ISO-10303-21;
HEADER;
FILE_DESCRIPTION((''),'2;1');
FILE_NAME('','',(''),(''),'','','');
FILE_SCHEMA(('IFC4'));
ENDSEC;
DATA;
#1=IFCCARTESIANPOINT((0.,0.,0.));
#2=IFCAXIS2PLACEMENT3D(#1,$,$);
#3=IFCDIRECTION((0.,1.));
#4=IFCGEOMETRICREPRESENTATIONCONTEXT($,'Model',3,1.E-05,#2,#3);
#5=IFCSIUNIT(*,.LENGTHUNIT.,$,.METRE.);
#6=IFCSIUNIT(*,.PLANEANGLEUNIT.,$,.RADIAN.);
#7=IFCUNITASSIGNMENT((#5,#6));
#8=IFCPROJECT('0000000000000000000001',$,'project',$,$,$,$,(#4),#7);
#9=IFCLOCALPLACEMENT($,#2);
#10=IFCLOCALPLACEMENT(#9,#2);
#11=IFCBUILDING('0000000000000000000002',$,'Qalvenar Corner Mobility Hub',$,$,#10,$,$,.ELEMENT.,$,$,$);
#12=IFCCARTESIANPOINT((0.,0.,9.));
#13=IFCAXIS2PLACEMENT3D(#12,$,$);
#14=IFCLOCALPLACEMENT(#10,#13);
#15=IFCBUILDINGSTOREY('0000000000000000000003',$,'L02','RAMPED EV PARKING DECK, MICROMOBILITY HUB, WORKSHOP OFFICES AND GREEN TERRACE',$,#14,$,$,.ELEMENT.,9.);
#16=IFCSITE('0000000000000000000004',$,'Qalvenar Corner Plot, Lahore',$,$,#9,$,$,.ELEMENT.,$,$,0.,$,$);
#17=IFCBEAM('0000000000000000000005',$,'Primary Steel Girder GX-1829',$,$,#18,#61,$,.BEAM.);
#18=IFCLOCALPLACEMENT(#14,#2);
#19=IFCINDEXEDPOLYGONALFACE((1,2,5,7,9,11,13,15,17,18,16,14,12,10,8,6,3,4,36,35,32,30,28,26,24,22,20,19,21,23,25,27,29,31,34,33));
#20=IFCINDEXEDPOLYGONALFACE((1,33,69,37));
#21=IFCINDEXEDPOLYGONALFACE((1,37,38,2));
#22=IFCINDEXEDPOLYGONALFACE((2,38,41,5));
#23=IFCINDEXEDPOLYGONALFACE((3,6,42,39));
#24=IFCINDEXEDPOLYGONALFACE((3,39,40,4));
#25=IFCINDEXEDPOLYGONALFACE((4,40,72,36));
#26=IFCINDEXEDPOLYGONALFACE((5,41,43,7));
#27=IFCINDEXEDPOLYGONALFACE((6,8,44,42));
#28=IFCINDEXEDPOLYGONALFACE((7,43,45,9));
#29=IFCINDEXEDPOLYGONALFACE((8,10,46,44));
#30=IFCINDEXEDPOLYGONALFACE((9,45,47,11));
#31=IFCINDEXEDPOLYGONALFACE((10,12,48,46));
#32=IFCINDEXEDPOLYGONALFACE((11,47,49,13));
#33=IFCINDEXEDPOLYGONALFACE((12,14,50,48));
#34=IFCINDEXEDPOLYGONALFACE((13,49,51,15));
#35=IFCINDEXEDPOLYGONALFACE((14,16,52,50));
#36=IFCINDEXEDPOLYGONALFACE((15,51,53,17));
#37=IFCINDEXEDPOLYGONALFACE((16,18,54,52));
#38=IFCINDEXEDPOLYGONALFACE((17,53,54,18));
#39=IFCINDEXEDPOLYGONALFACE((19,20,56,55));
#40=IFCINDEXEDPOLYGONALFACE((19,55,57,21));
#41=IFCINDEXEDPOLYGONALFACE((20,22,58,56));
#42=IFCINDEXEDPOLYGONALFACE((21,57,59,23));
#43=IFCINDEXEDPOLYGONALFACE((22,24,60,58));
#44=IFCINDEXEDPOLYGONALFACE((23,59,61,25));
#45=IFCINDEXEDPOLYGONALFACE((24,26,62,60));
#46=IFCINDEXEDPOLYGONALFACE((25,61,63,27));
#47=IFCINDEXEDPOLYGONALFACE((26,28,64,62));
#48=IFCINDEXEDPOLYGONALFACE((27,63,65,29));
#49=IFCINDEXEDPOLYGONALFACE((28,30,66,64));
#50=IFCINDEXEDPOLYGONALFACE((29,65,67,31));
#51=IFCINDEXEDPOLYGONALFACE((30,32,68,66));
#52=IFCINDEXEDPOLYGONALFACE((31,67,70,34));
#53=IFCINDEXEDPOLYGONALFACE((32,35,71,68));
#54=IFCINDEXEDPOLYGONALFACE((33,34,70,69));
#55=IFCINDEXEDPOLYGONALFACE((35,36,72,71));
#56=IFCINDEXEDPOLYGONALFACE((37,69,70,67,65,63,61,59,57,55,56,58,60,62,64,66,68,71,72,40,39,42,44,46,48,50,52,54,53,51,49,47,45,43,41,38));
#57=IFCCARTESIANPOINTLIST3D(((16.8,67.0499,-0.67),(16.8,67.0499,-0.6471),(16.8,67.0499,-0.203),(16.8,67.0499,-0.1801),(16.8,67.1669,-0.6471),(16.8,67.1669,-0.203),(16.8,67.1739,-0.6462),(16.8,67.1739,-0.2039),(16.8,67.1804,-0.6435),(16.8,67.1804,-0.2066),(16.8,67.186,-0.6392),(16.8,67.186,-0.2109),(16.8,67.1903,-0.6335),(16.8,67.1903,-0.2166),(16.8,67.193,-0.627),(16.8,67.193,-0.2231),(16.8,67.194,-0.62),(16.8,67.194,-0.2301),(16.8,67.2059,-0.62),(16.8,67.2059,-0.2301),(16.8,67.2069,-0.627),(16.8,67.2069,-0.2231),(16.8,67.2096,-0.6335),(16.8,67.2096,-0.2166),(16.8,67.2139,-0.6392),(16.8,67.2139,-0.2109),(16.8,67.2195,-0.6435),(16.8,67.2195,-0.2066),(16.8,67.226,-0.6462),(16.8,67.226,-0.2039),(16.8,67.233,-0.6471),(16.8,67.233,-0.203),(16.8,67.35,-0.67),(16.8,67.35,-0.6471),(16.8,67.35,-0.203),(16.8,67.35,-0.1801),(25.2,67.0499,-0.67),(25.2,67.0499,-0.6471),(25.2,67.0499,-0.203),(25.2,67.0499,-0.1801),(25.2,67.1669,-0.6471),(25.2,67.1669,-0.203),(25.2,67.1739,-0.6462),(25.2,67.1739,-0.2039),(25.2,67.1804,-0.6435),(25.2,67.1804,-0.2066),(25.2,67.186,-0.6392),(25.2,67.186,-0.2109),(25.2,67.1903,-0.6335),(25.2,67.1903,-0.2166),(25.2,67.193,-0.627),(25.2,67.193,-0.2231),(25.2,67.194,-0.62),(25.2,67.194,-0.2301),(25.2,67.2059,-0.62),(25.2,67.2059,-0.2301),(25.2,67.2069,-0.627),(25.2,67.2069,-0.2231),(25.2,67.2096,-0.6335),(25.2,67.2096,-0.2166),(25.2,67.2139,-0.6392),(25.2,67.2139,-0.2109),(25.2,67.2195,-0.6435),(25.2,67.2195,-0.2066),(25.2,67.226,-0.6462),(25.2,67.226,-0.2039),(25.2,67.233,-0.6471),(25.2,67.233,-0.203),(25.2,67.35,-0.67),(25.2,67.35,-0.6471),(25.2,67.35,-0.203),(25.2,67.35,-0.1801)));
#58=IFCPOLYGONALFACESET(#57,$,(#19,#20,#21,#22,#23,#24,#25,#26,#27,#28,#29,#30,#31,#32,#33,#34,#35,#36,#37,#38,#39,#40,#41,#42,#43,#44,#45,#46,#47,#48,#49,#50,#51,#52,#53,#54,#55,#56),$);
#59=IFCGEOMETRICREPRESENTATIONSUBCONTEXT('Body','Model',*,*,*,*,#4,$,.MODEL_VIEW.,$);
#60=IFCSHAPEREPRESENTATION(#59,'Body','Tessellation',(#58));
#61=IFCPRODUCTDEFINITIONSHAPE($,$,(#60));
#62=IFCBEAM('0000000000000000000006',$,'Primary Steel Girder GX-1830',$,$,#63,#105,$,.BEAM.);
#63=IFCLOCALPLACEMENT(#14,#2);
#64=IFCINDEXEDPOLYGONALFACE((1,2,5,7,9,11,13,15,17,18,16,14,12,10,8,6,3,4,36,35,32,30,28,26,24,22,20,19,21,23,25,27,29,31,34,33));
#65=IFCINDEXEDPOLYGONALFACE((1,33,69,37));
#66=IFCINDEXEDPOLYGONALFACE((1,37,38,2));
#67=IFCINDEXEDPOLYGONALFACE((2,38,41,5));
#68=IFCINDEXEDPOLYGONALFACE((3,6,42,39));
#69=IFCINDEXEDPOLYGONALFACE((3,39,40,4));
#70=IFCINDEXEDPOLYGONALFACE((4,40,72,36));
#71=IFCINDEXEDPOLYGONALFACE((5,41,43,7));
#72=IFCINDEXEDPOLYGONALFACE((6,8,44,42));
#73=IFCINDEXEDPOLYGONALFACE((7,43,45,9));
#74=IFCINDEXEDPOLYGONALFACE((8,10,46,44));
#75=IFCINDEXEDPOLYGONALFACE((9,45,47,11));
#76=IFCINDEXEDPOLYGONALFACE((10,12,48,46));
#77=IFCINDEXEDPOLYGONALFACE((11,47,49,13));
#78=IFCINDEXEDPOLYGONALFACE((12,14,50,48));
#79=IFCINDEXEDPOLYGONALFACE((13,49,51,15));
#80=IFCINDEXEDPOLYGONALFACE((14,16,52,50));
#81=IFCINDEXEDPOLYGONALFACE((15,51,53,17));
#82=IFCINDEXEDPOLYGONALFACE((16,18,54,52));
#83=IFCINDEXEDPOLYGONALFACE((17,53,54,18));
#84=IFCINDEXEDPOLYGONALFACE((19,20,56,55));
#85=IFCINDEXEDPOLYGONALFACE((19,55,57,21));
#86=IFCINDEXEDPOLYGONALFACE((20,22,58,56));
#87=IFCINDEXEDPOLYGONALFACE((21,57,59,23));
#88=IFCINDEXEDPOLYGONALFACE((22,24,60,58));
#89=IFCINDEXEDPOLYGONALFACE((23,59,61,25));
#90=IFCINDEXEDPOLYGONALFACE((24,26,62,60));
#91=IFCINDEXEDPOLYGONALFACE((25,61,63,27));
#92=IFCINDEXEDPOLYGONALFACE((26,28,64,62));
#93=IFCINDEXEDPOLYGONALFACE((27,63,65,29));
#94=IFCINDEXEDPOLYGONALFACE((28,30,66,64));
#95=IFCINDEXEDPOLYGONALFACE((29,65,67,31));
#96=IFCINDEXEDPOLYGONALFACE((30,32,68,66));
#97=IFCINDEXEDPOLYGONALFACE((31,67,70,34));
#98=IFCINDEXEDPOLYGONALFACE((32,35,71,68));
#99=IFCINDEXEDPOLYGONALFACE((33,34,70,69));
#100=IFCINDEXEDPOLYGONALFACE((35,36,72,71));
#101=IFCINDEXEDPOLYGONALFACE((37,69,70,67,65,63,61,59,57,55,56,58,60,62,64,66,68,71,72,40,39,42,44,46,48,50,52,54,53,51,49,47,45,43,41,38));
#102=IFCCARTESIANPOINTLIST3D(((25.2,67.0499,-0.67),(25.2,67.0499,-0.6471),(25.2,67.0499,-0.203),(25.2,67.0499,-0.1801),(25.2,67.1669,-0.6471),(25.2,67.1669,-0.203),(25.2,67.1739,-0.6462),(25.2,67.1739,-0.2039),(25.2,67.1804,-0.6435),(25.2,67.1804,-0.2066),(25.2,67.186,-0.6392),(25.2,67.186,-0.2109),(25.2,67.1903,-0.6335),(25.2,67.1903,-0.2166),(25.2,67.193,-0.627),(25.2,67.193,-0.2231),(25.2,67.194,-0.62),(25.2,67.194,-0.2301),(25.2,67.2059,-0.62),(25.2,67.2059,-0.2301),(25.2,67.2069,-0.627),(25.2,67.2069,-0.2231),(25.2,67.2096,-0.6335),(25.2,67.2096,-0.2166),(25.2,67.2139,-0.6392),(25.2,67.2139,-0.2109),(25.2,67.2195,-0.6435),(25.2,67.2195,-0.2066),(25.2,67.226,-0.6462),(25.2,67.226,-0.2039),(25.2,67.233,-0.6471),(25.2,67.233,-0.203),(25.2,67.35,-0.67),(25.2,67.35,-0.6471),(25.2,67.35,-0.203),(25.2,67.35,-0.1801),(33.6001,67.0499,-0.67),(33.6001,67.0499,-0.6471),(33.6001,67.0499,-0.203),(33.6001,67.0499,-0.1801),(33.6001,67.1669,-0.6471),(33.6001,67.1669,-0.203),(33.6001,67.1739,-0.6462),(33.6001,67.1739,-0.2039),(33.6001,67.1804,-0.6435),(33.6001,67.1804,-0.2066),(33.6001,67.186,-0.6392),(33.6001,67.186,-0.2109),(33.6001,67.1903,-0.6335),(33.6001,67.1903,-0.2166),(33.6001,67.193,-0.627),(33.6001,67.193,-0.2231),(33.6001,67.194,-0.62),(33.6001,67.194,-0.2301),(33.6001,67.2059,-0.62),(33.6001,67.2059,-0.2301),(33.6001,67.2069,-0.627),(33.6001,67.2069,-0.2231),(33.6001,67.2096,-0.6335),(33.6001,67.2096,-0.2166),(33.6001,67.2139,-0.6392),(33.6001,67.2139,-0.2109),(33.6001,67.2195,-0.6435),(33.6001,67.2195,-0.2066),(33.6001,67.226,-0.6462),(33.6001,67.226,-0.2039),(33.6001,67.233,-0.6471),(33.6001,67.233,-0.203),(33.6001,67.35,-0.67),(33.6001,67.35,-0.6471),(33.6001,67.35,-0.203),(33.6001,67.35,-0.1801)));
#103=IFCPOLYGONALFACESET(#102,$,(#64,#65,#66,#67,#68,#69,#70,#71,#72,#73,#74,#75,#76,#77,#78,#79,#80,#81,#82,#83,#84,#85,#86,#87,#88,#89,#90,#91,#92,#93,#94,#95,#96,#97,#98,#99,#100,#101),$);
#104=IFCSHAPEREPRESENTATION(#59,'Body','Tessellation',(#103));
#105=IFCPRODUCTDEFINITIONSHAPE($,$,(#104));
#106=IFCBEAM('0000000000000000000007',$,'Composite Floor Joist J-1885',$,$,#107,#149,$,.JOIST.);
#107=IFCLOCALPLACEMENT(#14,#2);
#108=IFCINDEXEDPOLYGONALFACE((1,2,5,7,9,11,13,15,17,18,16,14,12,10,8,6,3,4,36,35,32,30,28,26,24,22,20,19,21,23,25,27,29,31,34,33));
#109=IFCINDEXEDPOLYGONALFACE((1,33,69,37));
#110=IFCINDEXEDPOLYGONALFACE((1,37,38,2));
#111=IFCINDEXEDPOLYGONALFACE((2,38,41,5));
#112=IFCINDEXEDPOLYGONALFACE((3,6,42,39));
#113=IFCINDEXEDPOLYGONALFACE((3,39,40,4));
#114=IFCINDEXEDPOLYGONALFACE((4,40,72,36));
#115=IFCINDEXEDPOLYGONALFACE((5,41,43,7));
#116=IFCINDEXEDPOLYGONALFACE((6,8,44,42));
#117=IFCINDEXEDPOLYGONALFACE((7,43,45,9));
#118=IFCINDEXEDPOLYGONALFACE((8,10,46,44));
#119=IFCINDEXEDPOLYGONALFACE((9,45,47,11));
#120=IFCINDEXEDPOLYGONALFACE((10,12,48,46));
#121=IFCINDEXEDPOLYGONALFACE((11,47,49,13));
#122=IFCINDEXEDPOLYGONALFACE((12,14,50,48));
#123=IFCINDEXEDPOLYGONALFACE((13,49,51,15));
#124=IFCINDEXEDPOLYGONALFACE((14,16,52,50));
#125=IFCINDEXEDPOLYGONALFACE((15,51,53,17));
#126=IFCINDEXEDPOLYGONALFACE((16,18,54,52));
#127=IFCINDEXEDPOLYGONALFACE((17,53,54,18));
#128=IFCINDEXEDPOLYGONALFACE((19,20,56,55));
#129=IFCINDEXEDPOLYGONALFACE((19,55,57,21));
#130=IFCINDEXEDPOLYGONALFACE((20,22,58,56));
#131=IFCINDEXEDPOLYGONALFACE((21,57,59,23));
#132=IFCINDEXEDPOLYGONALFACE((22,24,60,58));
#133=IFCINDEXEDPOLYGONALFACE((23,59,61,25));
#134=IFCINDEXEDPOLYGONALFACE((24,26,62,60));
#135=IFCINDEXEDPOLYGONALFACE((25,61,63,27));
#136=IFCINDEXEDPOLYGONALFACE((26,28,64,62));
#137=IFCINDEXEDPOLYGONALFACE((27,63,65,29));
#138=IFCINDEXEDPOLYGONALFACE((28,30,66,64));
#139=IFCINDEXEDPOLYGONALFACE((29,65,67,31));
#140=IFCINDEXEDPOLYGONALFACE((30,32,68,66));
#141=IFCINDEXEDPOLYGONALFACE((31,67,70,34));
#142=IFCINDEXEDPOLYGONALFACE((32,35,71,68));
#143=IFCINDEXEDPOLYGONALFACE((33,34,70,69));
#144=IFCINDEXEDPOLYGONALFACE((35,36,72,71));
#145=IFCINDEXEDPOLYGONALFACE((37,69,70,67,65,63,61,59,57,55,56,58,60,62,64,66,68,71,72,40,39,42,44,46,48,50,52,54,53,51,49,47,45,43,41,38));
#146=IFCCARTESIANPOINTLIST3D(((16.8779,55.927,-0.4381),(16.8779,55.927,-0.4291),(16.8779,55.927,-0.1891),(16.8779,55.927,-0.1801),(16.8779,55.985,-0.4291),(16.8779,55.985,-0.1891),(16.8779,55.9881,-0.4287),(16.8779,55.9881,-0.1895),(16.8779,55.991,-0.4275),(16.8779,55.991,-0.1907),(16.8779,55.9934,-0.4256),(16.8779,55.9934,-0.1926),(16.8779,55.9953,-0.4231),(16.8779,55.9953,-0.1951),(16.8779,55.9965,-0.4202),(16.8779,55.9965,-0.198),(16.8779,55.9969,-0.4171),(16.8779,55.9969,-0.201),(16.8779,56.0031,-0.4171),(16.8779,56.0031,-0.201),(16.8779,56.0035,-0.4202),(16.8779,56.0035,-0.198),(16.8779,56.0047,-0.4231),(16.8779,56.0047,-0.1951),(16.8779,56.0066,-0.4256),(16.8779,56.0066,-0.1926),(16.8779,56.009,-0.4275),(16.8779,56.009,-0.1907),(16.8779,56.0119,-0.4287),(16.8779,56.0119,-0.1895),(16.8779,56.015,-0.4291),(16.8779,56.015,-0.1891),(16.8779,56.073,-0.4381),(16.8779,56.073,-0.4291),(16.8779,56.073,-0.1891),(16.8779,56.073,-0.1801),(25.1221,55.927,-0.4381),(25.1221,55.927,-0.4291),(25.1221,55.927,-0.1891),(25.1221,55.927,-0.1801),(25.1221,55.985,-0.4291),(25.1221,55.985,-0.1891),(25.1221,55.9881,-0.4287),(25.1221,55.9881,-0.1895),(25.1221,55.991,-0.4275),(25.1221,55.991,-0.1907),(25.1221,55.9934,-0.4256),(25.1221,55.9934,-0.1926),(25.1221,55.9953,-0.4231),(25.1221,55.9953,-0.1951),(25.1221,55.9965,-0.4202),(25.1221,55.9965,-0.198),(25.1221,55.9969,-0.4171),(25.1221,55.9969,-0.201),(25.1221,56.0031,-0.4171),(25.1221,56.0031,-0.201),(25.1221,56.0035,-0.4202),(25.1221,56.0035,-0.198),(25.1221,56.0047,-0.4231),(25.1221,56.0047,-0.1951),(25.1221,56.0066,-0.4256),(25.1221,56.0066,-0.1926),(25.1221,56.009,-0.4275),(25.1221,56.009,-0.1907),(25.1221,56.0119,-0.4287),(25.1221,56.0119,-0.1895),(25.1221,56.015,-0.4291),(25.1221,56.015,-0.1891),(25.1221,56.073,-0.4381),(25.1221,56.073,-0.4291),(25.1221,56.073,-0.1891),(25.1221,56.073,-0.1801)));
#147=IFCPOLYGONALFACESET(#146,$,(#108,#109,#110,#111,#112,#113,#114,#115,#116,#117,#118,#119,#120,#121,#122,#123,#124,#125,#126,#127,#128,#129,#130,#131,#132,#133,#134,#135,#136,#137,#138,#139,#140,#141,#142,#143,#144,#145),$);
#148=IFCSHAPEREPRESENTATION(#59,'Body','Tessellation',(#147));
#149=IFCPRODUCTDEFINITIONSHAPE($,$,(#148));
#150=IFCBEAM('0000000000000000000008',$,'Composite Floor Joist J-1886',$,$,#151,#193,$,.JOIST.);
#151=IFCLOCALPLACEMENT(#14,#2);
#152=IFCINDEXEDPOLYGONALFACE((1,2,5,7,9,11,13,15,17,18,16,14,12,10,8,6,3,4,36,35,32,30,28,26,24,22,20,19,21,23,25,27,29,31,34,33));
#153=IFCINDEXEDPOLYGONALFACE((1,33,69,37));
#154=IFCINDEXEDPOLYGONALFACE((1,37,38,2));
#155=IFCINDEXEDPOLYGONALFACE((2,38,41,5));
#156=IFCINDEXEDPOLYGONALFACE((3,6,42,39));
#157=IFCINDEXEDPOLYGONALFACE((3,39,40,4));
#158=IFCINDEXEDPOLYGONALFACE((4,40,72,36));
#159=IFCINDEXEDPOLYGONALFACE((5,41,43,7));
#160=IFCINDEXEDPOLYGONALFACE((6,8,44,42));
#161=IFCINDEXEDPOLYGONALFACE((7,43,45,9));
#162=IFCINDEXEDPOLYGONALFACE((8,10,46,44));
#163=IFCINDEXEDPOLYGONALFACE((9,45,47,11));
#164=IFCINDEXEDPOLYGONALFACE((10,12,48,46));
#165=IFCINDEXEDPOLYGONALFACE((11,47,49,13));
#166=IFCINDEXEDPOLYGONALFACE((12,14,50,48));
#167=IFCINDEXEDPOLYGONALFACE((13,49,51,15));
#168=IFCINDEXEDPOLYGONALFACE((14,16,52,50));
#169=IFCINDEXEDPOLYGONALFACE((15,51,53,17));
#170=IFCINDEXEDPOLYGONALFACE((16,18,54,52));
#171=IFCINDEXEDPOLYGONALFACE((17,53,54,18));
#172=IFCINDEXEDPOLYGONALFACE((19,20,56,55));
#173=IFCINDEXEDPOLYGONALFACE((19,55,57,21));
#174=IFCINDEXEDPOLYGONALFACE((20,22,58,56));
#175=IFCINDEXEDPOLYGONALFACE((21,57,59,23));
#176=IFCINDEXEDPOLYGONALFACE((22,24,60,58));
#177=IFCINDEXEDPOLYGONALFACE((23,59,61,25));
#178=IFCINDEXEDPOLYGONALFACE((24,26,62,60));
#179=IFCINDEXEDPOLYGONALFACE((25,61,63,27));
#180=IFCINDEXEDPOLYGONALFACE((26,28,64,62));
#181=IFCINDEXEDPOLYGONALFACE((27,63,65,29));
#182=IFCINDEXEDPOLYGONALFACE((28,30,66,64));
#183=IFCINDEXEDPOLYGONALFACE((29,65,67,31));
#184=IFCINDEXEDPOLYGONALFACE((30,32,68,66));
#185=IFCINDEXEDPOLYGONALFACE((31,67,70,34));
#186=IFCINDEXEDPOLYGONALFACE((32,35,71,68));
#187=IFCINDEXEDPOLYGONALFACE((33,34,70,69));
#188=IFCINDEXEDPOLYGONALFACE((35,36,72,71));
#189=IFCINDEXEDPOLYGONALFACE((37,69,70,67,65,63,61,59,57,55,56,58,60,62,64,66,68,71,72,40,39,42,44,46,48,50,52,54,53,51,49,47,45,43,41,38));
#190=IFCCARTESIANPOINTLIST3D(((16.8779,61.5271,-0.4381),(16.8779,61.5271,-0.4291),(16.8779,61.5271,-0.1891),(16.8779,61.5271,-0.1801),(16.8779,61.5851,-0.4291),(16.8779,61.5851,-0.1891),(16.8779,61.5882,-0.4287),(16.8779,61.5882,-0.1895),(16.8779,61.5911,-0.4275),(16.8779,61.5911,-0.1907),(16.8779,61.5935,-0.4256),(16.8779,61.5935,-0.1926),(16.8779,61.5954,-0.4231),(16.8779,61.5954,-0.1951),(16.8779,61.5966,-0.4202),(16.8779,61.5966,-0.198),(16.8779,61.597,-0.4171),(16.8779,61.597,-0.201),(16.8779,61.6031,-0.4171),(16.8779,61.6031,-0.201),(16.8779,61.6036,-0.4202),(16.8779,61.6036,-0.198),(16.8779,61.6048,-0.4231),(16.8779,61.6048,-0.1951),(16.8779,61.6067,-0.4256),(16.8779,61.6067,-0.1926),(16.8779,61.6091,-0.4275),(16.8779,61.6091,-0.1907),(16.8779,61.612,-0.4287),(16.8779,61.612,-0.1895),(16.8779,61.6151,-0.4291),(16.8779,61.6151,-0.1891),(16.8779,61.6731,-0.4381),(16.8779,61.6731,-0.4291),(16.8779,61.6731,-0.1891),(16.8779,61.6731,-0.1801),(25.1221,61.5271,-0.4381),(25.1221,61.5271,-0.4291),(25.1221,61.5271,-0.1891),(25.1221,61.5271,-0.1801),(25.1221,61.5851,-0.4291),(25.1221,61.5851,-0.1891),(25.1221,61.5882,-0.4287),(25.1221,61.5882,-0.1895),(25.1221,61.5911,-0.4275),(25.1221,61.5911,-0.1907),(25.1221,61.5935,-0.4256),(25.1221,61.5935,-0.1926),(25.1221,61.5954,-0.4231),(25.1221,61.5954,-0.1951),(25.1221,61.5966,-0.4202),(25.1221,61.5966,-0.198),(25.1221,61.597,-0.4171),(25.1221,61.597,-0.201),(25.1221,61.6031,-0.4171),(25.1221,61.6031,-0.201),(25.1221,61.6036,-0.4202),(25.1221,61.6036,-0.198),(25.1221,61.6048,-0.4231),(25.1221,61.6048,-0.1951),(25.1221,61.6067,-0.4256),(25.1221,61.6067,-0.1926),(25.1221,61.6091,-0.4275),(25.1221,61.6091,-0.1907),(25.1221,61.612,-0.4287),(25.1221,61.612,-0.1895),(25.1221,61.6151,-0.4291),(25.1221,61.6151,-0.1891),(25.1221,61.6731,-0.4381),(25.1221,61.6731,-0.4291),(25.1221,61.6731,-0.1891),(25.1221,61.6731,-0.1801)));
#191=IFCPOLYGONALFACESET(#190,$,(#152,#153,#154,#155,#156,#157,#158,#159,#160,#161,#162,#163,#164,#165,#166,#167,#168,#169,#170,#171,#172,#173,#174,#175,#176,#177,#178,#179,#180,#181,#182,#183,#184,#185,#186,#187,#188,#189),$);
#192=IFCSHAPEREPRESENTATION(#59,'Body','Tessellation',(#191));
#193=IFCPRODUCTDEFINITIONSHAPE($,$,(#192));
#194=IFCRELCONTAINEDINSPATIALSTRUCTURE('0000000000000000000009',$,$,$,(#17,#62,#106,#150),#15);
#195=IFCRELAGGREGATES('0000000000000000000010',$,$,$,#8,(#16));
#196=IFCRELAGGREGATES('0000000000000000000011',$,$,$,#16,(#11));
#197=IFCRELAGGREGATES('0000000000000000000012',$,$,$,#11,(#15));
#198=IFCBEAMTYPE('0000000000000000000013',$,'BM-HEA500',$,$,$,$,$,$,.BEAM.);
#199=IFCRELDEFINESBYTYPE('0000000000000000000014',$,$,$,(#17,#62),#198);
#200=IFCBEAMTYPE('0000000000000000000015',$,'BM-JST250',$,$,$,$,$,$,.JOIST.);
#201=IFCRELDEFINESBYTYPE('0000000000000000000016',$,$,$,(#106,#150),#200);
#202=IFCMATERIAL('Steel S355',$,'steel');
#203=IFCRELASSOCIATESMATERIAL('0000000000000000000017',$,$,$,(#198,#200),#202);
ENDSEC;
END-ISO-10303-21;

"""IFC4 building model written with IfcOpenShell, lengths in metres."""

from ifc_helpers import new_model, si_unit, direction, frame, origin, origin_2d, place, context, subcontext, project, spatial, i_section, extrude, material, material_profile, profile_set, type_object, element, save


model = new_model("IFC4")

# Units and contexts
model_context = context("Model", 3, precision=1e-05, world=origin(), true_north=direction((0.0, 1.0)))
body_context = subcontext(model_context, "Body", "Model", "MODEL_VIEW")
ifc_project = project(units=[si_unit("LENGTHUNIT", "METRE"), si_unit("PLANEANGLEUNIT", "RADIAN")], contexts=[model_context])

# Site, building, storey
site_placement = place(None, origin())
site = spatial("IfcSite", under=ifc_project, at=site_placement, Name="Qalvenar Corner Plot, Lahore", CompositionType="ELEMENT", RefElevation=0.0)
building_placement = place(site_placement, origin())
building = spatial("IfcBuilding", under=site, at=building_placement, Name="Qalvenar Corner Mobility Hub", CompositionType="ELEMENT")
storey_placement = place(building_placement, frame((0.0, 0.0, 9.0)))
storey = spatial("IfcBuildingStorey", under=building, at=storey_placement, Name="L02", Description="RAMPED EV PARKING DECK, MICROMOBILITY HUB, WORKSHOP OFFICES AND GREEN TERRACE", CompositionType="ELEMENT", Elevation=9.0)

# Shared definitions
ifc_material_1 = material(Name="Steel S355", Category="steel")

# Beams
ifc_material_profile_1 = material_profile(ifc_material_1, i_section(OverallWidth=0.3, OverallDepth=0.49, WebThickness=0.012, FlangeThickness=0.0229, FilletRadius=0.0271, at=origin_2d()), Name="HEA500")
ifc_profile_set_1 = profile_set([ifc_material_profile_1], Name="Steel S355")
beam_type_1 = type_object("IfcBeamType", Name="BM-HEA500", PredefinedType="BEAM", material=ifc_profile_set_1)
beam_1_placement = place(storey_placement, frame((16.8, 67.2, -0.425), z_axis=(1.0, 0.0, 0.0), x_axis=(0.0, 1.0, 0.0)))
element("IfcBeam", 1, at=beam_1_placement, inside=storey, type_object=beam_type_1, Name="Primary Steel Girder GX-1829", PredefinedType="BEAM", context=body_context, shape_type="SweptSolid", body=[
    extrude(i_section(OverallWidth=0.3, OverallDepth=0.49, WebThickness=0.012, FlangeThickness=0.0229, FilletRadius=0.0271, at=origin_2d()), origin(), (0.0, 0.0, 1.0), 8.3999),
])
beam_2_placement = place(storey_placement, frame((25.2, 67.2, -0.425), z_axis=(1.0, 0.0, 0.0), x_axis=(0.0, 1.0, 0.0)))
element("IfcBeam", 2, at=beam_2_placement, inside=storey, type_object=beam_type_1, Name="Primary Steel Girder GX-1830", PredefinedType="BEAM", context=body_context, shape_type="SweptSolid", body=[
    extrude(i_section(OverallWidth=0.3, OverallDepth=0.49, WebThickness=0.012, FlangeThickness=0.0229, FilletRadius=0.0271, at=origin_2d()), origin(), (0.0, 0.0, 1.0), 8.4001),
])
ifc_material_profile_2 = material_profile(ifc_material_1, i_section(OverallWidth=0.146, OverallDepth=0.2581, WebThickness=0.0061, FlangeThickness=0.009, FilletRadius=0.012, at=origin_2d()), Name="W250x32.7")
ifc_profile_set_2 = profile_set([ifc_material_profile_2], Name="Steel S355")
beam_type_2 = type_object("IfcBeamType", Name="BM-JST250", PredefinedType="JOIST", material=ifc_profile_set_2)
for number, where, z_axis, x_axis, name in (
    (3, (16.8779, 56.0, -0.3091), (1.0, 0.0, 0.0), (0.0, 1.0, 0.0), "Composite Floor Joist J-1885"),
    (4, (16.8779, 61.6001, -0.3091), (1.0, 0.0, 0.0), (0.0, 1.0, 0.0), "Composite Floor Joist J-1886"),
):
    element("IfcBeam", number, at=place(storey_placement, frame(where, z_axis=z_axis, x_axis=x_axis)), inside=storey, type_object=beam_type_2, Name=name, PredefinedType="JOIST", context=body_context, shape_type="SweptSolid", body=[
        extrude(i_section(OverallWidth=0.146, OverallDepth=0.2581, WebThickness=0.0061, FlangeThickness=0.009, FilletRadius=0.012, at=origin_2d()), origin(), (0.0, 0.0, 1.0), 8.2441),
    ])

save(model, "model.ifc")
